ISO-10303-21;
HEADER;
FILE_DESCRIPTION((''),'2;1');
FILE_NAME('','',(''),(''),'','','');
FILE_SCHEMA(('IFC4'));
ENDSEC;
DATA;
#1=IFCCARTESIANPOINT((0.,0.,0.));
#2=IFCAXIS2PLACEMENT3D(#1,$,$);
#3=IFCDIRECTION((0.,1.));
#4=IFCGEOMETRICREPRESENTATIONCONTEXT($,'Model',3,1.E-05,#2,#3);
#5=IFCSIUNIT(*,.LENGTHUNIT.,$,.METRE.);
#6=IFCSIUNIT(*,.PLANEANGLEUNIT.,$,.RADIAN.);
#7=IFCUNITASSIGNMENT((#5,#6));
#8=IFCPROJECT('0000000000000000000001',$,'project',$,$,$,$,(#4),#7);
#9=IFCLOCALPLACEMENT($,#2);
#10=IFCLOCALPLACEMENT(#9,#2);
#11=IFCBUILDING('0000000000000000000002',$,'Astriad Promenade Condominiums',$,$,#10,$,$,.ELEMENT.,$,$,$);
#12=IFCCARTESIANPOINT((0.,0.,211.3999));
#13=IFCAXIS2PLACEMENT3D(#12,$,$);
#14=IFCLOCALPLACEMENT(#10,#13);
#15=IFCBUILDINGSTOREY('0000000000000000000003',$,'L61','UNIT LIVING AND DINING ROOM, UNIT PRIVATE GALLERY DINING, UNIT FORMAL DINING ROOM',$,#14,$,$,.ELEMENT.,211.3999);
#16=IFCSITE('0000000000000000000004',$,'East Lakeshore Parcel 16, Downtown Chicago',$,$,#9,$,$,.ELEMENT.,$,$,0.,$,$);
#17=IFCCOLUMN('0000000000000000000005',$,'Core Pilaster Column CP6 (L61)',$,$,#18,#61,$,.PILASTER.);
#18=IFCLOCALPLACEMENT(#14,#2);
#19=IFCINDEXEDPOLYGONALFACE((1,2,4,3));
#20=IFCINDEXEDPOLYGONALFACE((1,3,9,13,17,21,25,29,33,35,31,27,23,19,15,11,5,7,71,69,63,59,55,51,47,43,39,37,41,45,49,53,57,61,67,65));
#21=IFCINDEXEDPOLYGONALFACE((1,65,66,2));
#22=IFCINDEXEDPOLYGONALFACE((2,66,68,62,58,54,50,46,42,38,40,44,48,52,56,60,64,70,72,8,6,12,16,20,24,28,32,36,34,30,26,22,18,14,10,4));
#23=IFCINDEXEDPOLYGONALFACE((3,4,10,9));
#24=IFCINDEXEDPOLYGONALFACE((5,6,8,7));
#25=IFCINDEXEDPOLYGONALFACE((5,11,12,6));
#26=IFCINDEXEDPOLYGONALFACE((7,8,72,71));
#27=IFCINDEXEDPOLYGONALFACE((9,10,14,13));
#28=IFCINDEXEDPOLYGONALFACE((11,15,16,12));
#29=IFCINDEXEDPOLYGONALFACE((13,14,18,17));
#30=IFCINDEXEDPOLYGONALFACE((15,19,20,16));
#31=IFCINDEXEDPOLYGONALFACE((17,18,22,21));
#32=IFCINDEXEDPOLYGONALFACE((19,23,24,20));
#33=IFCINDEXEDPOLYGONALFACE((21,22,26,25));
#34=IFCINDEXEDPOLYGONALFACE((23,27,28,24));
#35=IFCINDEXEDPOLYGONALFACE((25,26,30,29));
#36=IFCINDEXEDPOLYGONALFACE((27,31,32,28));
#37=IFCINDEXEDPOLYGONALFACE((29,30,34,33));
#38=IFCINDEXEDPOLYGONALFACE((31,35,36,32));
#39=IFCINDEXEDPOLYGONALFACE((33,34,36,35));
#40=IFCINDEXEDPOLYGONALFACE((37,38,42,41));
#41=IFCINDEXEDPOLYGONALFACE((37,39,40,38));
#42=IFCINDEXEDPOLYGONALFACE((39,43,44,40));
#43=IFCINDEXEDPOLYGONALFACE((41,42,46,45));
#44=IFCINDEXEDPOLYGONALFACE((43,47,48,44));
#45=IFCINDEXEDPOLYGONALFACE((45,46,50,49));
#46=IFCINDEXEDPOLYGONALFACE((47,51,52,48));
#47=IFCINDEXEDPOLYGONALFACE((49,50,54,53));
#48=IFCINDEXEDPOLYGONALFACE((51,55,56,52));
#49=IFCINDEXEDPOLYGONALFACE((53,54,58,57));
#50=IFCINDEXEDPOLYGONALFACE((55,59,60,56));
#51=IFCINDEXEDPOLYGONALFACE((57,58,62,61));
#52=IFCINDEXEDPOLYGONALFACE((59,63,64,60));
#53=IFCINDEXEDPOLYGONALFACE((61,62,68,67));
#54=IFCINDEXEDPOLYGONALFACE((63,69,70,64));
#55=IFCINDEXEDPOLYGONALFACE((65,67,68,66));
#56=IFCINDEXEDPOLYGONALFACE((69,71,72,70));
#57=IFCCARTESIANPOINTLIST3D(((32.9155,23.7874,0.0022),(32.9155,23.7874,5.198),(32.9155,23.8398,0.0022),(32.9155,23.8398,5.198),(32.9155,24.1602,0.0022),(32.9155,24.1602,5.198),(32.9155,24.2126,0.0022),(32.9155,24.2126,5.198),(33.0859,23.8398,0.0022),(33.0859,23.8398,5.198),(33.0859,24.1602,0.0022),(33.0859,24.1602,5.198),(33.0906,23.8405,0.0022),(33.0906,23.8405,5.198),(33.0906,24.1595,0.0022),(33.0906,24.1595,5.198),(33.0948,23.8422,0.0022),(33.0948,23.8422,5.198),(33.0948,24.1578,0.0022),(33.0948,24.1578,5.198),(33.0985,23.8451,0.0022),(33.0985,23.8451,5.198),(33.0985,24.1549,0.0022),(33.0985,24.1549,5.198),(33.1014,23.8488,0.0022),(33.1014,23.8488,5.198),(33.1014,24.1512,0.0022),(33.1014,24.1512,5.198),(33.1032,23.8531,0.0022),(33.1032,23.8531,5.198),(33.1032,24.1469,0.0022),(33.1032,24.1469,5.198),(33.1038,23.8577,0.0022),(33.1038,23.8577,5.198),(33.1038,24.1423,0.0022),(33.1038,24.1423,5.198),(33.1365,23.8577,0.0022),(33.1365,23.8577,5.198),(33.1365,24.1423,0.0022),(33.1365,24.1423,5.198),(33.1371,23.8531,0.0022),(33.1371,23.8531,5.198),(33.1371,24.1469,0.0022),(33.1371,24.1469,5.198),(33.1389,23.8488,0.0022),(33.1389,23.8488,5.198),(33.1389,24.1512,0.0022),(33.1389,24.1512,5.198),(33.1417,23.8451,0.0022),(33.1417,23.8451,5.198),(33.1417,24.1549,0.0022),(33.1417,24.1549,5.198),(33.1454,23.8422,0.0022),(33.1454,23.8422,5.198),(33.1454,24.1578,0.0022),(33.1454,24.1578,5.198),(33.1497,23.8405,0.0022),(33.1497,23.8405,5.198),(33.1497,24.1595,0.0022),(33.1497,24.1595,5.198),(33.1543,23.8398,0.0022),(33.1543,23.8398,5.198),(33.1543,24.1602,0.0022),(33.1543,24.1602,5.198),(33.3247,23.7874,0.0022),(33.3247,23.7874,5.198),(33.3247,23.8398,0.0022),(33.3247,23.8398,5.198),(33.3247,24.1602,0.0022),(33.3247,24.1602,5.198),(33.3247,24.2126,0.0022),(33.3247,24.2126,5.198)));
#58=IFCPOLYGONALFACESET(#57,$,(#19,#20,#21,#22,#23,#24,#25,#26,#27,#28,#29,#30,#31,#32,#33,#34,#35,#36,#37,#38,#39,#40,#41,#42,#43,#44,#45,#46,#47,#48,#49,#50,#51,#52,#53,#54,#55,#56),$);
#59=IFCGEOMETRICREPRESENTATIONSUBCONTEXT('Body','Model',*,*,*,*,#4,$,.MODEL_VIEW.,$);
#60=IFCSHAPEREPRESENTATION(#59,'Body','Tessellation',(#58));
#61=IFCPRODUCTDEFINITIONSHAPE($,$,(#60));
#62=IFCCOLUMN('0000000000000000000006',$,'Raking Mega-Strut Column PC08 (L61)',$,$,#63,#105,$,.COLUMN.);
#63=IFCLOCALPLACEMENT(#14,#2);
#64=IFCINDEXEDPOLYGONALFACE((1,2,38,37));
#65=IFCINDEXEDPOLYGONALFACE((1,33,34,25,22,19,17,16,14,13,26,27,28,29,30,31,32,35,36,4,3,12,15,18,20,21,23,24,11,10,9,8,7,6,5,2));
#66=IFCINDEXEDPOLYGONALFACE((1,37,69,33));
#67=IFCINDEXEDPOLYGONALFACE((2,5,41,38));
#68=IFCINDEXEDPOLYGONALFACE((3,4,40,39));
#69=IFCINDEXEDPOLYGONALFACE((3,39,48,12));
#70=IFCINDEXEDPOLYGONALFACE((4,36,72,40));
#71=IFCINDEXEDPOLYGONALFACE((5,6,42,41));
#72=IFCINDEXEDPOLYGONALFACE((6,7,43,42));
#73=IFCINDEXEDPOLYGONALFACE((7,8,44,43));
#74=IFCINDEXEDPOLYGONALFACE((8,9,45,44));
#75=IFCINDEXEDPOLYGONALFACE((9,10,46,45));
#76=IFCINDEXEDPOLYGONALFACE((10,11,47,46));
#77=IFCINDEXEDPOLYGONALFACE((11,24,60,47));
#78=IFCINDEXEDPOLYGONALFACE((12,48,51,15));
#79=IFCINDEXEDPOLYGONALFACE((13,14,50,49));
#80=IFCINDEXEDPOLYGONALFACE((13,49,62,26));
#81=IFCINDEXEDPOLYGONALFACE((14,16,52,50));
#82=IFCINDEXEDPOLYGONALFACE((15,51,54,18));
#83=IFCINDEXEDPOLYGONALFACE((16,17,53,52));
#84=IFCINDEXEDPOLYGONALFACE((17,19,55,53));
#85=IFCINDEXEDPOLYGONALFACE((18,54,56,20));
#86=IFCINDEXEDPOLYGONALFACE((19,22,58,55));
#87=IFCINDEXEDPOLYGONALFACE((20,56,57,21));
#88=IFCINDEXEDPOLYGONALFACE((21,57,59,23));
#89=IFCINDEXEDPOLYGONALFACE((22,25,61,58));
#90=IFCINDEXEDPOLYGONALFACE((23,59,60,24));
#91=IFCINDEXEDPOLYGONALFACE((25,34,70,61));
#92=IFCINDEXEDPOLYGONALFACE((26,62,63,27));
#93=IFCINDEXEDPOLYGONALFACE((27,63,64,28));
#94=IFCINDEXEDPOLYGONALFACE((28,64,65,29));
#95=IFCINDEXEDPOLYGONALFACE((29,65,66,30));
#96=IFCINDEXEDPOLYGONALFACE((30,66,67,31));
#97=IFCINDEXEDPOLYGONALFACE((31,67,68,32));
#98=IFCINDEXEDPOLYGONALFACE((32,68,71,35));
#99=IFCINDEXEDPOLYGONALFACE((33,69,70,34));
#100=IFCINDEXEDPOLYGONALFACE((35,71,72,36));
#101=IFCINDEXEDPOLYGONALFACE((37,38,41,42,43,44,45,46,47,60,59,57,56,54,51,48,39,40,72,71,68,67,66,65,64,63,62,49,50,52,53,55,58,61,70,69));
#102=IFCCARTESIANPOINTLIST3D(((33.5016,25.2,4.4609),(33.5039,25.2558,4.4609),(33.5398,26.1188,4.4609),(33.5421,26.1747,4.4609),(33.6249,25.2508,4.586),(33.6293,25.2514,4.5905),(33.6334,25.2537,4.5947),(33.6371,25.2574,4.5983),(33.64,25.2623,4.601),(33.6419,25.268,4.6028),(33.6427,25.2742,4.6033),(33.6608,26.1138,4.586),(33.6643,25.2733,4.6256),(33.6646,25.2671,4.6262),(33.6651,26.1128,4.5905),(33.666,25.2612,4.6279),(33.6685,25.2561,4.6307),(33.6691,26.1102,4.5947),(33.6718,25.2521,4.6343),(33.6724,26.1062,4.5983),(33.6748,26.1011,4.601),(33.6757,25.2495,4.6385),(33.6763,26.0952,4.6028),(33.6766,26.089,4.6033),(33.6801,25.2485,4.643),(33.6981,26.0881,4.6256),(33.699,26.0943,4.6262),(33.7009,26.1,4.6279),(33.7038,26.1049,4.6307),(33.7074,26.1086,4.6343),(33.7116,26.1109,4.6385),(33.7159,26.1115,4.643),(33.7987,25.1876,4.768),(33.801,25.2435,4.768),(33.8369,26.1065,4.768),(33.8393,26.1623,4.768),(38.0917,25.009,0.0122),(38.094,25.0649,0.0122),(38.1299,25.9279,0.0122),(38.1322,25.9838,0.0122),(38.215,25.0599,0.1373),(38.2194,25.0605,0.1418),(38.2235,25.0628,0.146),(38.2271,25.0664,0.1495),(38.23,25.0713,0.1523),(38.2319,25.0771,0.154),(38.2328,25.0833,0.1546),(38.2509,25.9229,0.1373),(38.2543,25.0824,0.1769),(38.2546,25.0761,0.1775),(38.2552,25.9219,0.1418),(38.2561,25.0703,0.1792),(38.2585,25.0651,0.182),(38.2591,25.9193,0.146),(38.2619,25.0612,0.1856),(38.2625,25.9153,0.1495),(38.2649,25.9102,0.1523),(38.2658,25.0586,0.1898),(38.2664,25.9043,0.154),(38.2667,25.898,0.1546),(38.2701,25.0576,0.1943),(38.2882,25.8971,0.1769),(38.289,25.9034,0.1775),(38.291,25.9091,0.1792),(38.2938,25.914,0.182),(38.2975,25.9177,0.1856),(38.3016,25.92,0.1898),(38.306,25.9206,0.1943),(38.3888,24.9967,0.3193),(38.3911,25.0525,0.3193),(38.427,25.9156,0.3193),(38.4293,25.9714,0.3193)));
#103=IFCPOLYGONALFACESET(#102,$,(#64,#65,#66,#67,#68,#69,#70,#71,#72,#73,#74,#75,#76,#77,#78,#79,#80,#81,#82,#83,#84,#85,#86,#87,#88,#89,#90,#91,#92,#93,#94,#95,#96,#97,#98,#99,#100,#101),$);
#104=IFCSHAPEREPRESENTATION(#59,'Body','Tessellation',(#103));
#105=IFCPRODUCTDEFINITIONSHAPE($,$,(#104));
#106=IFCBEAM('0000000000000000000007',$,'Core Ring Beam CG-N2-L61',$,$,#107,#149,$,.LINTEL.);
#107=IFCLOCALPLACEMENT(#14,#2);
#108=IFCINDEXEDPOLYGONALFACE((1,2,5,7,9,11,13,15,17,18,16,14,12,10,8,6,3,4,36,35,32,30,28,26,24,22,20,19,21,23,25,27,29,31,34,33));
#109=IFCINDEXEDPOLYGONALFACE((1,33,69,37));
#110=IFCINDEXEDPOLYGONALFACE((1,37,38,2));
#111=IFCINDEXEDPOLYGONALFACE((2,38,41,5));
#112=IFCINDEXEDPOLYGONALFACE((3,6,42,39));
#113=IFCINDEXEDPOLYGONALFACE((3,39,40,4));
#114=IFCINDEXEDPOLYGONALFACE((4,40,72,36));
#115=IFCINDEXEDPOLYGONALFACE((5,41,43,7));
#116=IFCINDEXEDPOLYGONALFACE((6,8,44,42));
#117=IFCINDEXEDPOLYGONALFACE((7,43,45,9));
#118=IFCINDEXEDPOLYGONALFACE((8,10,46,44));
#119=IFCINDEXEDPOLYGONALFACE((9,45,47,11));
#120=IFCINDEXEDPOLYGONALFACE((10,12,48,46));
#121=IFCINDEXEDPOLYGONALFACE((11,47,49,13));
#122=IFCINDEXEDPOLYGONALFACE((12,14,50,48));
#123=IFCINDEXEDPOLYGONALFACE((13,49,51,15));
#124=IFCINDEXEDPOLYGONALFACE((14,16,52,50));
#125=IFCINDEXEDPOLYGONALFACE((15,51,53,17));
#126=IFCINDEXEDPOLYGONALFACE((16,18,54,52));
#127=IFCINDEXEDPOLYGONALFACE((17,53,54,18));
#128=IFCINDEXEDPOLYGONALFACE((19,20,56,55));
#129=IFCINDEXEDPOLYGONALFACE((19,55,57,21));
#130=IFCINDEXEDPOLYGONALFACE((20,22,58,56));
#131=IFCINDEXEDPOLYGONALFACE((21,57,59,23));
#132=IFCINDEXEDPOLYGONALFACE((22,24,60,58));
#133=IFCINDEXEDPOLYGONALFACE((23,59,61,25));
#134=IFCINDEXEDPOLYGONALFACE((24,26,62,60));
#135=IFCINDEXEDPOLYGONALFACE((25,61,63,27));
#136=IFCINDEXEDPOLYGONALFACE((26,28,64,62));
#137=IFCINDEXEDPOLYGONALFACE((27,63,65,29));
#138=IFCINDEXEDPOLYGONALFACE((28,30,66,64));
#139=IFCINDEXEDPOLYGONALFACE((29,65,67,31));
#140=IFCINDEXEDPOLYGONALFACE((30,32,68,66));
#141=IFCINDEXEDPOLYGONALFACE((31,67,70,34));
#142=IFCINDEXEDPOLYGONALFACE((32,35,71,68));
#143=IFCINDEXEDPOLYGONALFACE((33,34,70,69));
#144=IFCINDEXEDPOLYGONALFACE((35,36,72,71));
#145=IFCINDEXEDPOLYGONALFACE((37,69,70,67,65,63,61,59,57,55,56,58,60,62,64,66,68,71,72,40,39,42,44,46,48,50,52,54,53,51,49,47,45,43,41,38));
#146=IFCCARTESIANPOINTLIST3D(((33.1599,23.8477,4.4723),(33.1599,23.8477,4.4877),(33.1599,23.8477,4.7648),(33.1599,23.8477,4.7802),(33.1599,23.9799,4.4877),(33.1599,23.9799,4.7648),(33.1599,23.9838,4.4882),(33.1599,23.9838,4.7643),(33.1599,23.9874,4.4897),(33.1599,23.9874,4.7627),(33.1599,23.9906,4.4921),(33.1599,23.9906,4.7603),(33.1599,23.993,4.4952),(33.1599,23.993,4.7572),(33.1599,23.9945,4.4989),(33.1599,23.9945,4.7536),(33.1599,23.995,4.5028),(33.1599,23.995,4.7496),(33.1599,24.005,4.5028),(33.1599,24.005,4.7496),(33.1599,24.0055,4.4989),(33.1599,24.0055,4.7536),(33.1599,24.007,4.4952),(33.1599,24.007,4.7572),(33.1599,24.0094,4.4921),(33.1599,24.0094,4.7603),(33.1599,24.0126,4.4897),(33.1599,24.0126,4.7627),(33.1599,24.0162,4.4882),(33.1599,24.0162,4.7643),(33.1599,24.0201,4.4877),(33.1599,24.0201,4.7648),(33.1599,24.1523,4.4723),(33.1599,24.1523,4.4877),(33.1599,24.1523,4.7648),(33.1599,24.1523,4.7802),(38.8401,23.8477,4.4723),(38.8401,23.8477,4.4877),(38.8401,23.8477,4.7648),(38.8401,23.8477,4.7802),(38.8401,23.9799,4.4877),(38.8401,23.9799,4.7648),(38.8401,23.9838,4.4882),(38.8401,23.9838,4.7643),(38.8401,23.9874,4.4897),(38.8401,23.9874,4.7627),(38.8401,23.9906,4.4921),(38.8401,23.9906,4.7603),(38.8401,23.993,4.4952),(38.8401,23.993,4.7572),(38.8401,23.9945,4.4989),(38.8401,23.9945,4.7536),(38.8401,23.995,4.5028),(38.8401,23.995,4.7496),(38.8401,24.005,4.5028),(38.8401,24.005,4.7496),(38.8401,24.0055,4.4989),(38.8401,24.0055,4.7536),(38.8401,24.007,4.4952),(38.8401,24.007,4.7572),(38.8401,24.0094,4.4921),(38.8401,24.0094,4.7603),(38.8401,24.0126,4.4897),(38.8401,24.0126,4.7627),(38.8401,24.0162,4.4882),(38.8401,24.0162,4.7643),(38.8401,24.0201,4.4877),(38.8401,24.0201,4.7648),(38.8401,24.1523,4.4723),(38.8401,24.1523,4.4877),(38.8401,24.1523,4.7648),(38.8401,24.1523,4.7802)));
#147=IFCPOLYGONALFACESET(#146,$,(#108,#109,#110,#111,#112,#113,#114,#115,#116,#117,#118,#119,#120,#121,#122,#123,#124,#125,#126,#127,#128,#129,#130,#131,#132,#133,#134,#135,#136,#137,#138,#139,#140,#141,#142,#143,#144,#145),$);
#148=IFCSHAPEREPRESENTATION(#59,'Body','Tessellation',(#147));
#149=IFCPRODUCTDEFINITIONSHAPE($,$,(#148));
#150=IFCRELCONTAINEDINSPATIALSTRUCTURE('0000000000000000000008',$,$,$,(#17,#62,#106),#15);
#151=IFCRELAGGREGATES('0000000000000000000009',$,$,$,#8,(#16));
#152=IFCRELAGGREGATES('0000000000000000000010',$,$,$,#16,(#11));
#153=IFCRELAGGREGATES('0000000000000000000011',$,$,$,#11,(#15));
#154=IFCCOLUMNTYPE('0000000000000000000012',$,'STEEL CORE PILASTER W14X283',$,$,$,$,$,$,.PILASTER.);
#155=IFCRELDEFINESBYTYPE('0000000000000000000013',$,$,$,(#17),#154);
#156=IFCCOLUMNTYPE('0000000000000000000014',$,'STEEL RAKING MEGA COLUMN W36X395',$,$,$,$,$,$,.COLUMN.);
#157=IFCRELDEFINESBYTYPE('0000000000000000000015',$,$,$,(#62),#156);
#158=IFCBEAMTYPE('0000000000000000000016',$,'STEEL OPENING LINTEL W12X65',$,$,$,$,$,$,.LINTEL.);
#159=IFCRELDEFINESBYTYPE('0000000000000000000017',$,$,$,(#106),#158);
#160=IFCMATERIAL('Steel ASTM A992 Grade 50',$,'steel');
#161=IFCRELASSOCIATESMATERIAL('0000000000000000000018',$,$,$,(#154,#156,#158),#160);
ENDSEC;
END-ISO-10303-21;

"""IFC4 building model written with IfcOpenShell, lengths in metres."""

from ifc_helpers import new_model, si_unit, direction, frame, origin, origin_2d, place, context, subcontext, project, spatial, i_section, extrude, source, transform, mapped, material, material_profile, profile_set, type_object, type_shapes, element, save


model = new_model("IFC4")

# Units and contexts
model_context = context("Model", 3, precision=1e-05, world=origin(), true_north=direction((0.0, 1.0)))
body_context = subcontext(model_context, "Body", "Model", "MODEL_VIEW")
ifc_project = project(units=[si_unit("LENGTHUNIT", "METRE"), si_unit("PLANEANGLEUNIT", "RADIAN")], contexts=[model_context])

# Site, building, storey
site_placement = place(None, origin())
site = spatial("IfcSite", under=ifc_project, at=site_placement, Name="East Lakeshore Parcel 16, Downtown Chicago", CompositionType="ELEMENT", RefElevation=0.0)
building_placement = place(site_placement, origin())
building = spatial("IfcBuilding", under=site, at=building_placement, Name="Astriad Promenade Condominiums", CompositionType="ELEMENT")
storey_placement = place(building_placement, frame((0.0, 0.0, 211.3999)))
storey = spatial("IfcBuildingStorey", under=building, at=storey_placement, Name="L61", Description="UNIT LIVING AND DINING ROOM, UNIT PRIVATE GALLERY DINING, UNIT FORMAL DINING ROOM", CompositionType="ELEMENT", Elevation=211.3999)

# Columns
ifc_material_1 = material(Name="Steel ASTM A992 Grade 50", Category="steel")
ifc_material_profile_1 = material_profile(ifc_material_1, i_section(OverallWidth=0.4092, OverallDepth=0.4253, WebThickness=0.0327, FlangeThickness=0.0525, FilletRadius=0.0178, at=origin_2d()), Name="W14X283")
ifc_profile_set_1 = profile_set([ifc_material_profile_1], Name="Steel ASTM A992 Grade 50")
column_type_1 = type_object("IfcColumnType", Name="STEEL CORE PILASTER W14X283", PredefinedType="PILASTER", material=ifc_profile_set_1)
shared_shape_1 = source(origin(), body_context, "Body", "SweptSolid", [
    extrude(i_section(OverallWidth=0.4092, OverallDepth=0.4253, WebThickness=0.0327, FlangeThickness=0.0525, FilletRadius=0.0178, at=origin_2d()), origin(), (0.0, 0.0, 1.0), 5.1958),
])
type_shapes(column_type_1, [shared_shape_1])
column_1_placement = place(storey_placement, frame((33.1201, 24.0, 0.0022), z_axis=(0.0, 0.0, 1.0), x_axis=(1.0, 0.0, 0.0)))
element("IfcColumn", 1, at=column_1_placement, inside=storey, type_object=column_type_1, Name="Core Pilaster Column CP6 (L61)", PredefinedType="PILASTER", context=body_context, shape_type="MappedRepresentation", body=[
    mapped(shared_shape_1, transform((0.0, 0.0, 0.0), scale=1.0)),
])
ifc_material_profile_2 = material_profile(ifc_material_1, i_section(OverallWidth=0.4275, OverallDepth=0.9756, WebThickness=0.031, FlangeThickness=0.0559, FilletRadius=0.0242, at=origin_2d()), Name="W36X395")
ifc_profile_set_2 = profile_set([ifc_material_profile_2], Name="Steel ASTM A992 Grade 50")
column_type_2 = type_object("IfcColumnType", Name="STEEL RAKING MEGA COLUMN W36X395", PredefinedType="COLUMN", material=ifc_profile_set_2)
shared_shape_2 = source(origin(), body_context, "Body", "SweptSolid", [
    extrude(i_section(OverallWidth=0.4275, OverallDepth=0.9756, WebThickness=0.031, FlangeThickness=0.0559, FilletRadius=0.0242, at=origin_2d()), origin(), (0.0, 0.0, 1.0), 6.395),
])
type_shapes(column_type_2, [shared_shape_2])
column_2_placement = place(storey_placement, frame((38.2605, 25.4902, 0.1658), z_axis=(-0.717757, 0.029854, 0.695653), x_axis=(0.695052, -0.02891, 0.718378)))
element("IfcColumn", 2, at=column_2_placement, inside=storey, type_object=column_type_2, Name="Raking Mega-Strut Column PC08 (L61)", PredefinedType="COLUMN", context=body_context, shape_type="MappedRepresentation", body=[
    mapped(shared_shape_2, transform((0.0, 0.0, 0.0), scale=1.0)),
])

# Beam
ifc_material_profile_3 = material_profile(ifc_material_1, i_section(OverallWidth=0.3047, OverallDepth=0.3079, WebThickness=0.01, FlangeThickness=0.0154, FilletRadius=0.0151, at=origin_2d()), Name="W12X65")
ifc_profile_set_3 = profile_set([ifc_material_profile_3], Name="Steel ASTM A992 Grade 50")
beam_type_1 = type_object("IfcBeamType", Name="STEEL OPENING LINTEL W12X65", PredefinedType="LINTEL", material=ifc_profile_set_3)
shared_shape_3 = source(origin(), body_context, "Body", "SweptSolid", [
    extrude(i_section(OverallWidth=0.3047, OverallDepth=0.3079, WebThickness=0.01, FlangeThickness=0.0154, FilletRadius=0.0151, at=origin_2d()), origin(), (0.0, 0.0, 1.0), 5.6802),
])
type_shapes(beam_type_1, [shared_shape_3])
beam_1_placement = place(storey_placement, frame((33.1599, 24.0, 4.6262), z_axis=(1.0, 0.0, 0.0), x_axis=(0.0, 1.0, 0.0)))
element("IfcBeam", 3, at=beam_1_placement, inside=storey, type_object=beam_type_1, Name="Core Ring Beam CG-N2-L61", PredefinedType="LINTEL", context=body_context, shape_type="MappedRepresentation", body=[
    mapped(shared_shape_3, transform((0.0, 0.0, 0.0), scale=1.0)),
])

save(model, "model.ifc")
